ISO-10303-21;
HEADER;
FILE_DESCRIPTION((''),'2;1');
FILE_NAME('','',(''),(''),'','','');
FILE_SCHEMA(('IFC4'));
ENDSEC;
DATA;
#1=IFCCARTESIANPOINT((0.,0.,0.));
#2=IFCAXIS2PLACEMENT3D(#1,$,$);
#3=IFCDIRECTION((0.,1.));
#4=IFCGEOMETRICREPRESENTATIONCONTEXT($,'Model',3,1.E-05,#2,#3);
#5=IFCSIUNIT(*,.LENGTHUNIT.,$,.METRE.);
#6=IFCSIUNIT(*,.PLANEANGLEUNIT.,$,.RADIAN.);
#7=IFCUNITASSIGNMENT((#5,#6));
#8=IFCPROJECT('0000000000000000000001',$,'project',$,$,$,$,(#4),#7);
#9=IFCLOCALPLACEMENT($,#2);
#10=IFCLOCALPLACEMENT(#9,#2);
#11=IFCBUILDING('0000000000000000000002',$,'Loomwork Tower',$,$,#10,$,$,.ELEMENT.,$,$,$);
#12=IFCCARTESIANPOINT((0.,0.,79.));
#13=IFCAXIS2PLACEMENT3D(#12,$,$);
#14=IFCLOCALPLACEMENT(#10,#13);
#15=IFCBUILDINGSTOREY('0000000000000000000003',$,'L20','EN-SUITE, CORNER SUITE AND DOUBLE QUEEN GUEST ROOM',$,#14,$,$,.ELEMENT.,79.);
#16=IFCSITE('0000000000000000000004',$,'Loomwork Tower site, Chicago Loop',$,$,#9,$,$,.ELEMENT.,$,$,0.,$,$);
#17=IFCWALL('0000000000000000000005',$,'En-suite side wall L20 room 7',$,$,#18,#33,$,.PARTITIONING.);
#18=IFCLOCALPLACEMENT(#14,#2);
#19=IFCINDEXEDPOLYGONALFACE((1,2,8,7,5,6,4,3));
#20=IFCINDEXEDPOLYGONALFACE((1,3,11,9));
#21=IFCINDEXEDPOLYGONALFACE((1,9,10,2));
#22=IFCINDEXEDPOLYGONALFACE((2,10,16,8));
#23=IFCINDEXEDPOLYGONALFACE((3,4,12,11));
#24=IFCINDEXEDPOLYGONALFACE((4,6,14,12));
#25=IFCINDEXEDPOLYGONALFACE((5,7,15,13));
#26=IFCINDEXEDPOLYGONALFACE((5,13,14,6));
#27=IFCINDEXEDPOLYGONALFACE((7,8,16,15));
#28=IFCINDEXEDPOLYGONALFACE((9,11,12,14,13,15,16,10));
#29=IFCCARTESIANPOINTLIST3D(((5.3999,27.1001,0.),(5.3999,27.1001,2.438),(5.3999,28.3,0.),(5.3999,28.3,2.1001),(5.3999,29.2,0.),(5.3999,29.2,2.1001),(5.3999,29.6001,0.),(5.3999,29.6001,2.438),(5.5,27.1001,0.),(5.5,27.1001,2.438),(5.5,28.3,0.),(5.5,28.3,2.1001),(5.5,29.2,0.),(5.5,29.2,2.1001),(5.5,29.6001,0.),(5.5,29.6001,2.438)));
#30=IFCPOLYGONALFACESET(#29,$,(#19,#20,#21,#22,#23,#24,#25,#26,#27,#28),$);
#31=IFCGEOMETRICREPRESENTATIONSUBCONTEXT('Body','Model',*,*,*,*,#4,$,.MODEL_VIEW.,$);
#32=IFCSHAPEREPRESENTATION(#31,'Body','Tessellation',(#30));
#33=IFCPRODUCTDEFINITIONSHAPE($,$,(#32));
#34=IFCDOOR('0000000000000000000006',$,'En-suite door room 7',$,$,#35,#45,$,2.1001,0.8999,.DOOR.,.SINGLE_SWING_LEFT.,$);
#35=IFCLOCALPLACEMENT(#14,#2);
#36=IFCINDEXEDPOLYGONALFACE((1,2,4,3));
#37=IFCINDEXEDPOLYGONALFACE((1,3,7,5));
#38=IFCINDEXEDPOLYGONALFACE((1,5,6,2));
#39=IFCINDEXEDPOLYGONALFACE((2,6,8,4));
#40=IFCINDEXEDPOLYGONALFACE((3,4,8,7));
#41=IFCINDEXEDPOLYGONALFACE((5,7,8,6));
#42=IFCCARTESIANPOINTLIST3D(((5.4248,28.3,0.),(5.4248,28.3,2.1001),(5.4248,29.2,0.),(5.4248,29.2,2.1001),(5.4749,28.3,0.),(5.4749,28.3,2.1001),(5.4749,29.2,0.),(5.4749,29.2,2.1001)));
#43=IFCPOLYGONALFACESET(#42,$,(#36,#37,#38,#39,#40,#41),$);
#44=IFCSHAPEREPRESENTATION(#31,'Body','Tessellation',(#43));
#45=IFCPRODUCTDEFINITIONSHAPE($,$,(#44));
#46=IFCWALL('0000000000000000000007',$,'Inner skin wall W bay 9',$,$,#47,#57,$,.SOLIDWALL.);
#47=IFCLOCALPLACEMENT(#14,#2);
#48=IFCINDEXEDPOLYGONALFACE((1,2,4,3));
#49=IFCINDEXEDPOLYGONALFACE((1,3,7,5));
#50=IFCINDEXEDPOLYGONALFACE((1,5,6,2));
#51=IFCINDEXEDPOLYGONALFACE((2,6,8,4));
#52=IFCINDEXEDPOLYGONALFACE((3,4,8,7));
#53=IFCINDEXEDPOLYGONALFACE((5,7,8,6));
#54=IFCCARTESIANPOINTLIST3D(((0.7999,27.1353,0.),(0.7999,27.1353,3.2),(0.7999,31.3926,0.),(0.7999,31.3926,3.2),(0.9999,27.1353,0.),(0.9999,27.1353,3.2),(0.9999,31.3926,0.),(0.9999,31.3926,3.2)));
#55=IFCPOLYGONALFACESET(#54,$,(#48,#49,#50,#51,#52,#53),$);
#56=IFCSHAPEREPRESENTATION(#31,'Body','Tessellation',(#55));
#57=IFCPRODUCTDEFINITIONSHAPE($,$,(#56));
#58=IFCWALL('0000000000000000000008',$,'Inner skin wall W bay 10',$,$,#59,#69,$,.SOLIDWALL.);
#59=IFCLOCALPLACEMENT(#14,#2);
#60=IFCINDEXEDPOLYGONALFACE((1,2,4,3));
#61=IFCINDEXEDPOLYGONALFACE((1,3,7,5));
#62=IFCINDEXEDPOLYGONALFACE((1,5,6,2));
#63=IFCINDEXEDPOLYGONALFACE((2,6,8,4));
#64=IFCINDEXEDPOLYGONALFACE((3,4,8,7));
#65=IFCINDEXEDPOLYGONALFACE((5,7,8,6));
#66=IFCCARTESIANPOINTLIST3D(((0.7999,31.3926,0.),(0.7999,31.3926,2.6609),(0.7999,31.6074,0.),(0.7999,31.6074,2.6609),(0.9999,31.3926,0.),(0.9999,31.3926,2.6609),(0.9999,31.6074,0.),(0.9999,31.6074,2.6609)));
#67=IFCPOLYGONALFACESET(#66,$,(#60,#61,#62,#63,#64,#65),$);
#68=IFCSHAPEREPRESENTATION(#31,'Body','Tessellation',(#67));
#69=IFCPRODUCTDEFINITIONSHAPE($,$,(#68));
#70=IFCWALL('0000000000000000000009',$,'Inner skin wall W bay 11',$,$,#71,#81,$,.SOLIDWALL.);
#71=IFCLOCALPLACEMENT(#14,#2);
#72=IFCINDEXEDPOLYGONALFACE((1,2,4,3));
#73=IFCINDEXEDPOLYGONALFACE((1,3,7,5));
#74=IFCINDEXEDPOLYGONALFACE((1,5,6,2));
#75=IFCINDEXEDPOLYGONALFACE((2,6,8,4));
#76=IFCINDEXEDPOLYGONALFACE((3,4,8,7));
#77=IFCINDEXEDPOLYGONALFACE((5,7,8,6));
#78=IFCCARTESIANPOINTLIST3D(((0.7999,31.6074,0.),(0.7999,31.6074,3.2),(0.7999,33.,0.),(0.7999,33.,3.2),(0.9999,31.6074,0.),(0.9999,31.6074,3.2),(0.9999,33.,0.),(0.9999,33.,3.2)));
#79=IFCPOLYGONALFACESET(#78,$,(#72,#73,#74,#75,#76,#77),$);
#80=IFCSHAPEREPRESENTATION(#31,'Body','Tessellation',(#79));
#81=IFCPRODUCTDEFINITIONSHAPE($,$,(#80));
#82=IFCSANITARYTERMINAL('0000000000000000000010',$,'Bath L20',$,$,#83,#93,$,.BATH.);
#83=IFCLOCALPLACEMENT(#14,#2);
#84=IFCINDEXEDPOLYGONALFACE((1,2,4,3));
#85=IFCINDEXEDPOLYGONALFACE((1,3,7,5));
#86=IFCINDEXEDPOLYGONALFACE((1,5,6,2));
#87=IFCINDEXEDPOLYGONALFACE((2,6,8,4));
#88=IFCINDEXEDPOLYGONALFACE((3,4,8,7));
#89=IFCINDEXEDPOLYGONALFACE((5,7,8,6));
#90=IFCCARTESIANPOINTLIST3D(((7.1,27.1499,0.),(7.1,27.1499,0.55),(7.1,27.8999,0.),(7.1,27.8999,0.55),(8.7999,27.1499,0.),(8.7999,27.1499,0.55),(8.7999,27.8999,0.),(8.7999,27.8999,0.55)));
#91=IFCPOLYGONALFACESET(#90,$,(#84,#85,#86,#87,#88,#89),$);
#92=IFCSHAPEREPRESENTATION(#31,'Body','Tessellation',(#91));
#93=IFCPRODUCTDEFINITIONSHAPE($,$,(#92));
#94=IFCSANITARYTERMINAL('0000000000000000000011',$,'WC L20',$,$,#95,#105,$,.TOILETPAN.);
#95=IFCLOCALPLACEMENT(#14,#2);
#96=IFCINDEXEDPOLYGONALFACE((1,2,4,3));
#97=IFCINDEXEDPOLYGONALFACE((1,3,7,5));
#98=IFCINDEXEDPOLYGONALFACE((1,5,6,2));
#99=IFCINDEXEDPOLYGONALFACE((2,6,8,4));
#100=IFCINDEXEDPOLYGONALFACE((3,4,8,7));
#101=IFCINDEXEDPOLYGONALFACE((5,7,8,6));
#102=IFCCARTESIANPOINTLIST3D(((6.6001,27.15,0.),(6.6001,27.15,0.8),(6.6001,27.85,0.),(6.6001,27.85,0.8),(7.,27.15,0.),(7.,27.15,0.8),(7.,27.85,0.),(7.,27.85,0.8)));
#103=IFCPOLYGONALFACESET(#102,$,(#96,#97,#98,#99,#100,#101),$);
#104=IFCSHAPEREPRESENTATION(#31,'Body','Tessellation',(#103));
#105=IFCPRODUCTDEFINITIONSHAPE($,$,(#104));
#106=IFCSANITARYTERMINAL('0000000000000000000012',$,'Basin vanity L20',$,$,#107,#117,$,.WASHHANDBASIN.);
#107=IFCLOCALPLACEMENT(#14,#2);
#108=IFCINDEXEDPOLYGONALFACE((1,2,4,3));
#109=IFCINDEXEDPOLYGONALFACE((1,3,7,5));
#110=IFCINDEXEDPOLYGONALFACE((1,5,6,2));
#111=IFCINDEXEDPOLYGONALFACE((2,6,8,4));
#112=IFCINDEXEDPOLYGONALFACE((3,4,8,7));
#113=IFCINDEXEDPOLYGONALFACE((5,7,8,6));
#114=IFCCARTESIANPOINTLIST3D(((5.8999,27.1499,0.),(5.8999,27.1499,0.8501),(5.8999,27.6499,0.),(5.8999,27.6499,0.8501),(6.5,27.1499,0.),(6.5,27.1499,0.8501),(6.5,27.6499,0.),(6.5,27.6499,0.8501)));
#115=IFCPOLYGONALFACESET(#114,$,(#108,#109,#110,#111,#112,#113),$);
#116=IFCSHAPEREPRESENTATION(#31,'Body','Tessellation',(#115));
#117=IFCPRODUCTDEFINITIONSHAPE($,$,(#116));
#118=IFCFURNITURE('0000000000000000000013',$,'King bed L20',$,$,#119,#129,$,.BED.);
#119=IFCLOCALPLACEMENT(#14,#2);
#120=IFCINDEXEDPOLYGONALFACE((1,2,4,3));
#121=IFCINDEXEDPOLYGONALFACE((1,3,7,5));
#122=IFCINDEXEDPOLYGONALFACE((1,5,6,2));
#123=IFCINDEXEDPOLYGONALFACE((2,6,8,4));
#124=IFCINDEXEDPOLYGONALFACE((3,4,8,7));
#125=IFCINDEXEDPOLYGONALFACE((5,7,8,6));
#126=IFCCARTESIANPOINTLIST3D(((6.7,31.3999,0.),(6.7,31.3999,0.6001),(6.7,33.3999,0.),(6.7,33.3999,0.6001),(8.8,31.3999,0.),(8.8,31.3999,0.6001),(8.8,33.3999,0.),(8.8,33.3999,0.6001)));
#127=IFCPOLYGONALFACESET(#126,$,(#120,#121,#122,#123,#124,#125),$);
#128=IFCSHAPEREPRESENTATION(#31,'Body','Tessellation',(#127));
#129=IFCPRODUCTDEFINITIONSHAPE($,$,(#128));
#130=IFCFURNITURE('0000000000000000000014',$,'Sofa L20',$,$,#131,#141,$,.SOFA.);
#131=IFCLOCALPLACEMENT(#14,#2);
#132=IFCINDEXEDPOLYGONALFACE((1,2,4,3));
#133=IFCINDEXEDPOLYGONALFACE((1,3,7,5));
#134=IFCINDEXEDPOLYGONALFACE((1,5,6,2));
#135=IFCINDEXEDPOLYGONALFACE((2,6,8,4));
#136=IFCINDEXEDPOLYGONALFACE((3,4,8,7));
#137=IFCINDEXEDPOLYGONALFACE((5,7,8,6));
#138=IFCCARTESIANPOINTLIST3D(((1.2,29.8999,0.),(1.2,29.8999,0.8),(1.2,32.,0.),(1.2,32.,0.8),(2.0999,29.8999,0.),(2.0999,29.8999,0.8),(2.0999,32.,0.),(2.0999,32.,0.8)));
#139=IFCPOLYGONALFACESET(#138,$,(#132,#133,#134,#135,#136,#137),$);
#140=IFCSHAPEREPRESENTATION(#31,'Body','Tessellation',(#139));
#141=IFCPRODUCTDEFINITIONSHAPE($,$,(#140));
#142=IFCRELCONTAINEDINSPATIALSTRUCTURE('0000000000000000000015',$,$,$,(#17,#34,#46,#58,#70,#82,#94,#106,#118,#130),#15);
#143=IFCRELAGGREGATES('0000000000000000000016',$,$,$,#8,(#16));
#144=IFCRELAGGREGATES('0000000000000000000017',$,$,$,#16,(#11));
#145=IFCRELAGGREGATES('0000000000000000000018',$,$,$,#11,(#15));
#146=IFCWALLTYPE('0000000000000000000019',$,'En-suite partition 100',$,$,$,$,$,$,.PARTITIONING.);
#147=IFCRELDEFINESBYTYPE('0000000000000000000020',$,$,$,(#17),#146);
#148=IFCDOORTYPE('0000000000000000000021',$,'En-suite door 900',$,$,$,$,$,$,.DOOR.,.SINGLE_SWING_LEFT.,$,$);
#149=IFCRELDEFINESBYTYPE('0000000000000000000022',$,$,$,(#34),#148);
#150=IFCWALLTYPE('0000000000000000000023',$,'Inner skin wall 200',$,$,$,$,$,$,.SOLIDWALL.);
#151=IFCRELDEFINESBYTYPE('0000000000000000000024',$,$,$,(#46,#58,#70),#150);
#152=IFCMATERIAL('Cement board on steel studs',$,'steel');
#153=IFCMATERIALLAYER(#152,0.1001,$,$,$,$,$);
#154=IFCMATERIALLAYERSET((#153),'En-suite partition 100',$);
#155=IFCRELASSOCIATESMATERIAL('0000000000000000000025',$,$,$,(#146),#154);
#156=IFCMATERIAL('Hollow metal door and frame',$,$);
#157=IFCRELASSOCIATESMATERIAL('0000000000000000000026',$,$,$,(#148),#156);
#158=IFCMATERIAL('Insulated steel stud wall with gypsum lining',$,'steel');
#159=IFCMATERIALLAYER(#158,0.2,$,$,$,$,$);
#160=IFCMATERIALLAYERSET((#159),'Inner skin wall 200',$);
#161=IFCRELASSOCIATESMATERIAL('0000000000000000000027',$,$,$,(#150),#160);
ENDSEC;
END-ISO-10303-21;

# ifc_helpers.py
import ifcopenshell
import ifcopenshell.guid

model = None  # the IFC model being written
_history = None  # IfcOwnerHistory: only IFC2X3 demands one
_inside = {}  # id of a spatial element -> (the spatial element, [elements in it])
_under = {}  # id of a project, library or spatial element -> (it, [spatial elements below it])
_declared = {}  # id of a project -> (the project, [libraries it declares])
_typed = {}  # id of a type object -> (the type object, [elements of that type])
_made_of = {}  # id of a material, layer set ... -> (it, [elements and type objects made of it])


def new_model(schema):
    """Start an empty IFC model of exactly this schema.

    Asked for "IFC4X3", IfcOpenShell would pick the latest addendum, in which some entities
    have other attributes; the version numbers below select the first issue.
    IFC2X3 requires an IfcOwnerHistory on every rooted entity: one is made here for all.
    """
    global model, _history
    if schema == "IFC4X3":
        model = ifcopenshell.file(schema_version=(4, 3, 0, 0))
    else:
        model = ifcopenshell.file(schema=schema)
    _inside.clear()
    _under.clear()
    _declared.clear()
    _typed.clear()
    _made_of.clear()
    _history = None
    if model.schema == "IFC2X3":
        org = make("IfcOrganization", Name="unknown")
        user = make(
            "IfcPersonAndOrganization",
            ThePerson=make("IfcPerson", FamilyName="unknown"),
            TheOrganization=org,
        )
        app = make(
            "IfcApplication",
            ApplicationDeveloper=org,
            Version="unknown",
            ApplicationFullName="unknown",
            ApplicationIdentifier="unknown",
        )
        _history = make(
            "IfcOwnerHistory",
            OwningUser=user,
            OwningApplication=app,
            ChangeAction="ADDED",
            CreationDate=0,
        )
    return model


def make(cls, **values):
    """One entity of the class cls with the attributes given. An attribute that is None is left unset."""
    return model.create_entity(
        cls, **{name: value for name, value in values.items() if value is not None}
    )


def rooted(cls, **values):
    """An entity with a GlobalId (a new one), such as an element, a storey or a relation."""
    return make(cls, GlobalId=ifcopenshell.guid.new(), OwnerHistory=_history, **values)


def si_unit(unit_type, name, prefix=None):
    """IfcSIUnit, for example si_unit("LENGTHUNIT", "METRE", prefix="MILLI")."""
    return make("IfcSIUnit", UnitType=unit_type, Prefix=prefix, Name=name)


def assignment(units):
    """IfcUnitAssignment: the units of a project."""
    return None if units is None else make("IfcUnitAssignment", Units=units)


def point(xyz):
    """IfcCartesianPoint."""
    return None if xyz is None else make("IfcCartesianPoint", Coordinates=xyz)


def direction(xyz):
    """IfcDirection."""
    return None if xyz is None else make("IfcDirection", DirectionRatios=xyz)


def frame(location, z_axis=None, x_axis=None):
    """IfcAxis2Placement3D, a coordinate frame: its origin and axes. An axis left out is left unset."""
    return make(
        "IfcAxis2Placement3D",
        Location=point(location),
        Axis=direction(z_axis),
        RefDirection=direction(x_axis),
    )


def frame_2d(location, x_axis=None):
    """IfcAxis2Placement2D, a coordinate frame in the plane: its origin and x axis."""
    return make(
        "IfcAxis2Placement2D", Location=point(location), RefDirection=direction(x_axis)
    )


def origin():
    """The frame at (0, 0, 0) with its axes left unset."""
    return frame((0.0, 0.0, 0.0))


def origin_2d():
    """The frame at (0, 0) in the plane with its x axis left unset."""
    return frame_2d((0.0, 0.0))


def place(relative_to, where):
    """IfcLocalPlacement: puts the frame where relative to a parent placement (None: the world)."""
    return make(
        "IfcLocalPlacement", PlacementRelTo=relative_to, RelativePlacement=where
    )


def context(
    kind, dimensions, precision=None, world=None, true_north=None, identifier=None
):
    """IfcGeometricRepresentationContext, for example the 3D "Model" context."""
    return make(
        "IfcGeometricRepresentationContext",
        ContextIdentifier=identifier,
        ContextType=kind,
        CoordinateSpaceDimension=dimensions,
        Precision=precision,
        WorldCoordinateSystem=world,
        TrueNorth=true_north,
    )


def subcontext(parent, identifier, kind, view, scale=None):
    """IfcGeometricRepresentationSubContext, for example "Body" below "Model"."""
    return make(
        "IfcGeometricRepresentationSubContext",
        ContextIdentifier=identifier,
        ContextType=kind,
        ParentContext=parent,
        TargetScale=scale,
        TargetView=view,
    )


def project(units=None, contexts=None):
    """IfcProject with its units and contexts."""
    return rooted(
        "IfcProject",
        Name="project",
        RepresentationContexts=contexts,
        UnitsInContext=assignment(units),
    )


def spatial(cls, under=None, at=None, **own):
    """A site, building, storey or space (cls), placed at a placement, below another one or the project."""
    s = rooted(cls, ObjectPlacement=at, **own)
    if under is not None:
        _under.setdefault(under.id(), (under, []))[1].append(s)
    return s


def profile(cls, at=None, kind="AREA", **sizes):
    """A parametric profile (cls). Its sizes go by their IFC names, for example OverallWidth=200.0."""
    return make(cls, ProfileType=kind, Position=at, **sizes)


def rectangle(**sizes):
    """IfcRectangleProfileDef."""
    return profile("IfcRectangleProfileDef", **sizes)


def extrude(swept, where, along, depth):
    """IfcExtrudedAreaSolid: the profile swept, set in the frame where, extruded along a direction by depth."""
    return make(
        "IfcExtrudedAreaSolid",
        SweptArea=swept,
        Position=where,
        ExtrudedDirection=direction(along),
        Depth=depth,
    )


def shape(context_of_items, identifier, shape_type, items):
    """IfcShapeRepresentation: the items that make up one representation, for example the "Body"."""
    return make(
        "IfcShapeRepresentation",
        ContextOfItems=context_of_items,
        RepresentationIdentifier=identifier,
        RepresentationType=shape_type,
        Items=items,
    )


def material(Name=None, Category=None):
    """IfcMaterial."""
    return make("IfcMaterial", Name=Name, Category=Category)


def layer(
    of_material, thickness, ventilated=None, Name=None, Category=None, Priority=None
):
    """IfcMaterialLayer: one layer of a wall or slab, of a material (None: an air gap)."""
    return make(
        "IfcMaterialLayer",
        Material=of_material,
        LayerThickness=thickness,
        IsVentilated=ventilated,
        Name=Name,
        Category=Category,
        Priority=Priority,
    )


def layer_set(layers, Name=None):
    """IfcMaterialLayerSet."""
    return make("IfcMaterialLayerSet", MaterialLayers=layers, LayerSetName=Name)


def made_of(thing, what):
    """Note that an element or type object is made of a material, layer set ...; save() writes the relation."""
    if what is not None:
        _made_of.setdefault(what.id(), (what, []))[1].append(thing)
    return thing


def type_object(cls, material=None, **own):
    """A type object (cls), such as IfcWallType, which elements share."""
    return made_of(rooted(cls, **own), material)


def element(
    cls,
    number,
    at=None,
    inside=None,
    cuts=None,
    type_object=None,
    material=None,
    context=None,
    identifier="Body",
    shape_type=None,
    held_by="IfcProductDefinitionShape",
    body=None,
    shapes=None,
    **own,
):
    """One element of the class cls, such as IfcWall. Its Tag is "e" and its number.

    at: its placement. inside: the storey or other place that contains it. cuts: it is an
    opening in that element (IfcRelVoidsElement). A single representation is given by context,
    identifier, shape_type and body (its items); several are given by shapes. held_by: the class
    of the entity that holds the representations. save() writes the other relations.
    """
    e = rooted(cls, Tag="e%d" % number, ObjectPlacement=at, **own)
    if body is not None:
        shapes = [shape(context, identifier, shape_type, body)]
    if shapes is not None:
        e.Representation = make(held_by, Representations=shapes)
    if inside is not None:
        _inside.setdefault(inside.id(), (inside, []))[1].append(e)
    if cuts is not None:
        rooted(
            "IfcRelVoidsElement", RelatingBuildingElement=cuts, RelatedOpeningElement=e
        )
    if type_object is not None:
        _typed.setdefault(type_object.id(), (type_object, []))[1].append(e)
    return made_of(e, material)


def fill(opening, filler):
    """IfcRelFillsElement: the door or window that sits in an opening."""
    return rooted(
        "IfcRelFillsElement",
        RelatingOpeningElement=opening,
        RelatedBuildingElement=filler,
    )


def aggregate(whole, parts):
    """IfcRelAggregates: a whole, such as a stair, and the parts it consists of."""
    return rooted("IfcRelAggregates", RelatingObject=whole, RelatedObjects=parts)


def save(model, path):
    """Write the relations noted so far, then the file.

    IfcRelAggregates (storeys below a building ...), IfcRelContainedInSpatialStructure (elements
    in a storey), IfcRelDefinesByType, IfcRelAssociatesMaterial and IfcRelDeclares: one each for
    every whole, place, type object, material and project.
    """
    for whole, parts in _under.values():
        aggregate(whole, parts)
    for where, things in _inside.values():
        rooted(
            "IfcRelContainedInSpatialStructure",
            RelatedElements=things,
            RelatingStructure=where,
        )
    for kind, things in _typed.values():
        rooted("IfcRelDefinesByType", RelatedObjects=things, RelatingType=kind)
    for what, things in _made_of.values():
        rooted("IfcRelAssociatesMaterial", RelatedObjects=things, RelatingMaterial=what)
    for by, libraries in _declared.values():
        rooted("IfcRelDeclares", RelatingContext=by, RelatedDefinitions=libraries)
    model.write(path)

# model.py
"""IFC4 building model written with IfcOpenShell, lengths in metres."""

from ifc_helpers import new_model, si_unit, direction, frame, frame_2d, origin, origin_2d, place, context, subcontext, project, spatial, rectangle, extrude, material, layer, layer_set, type_object, element, fill, save


model = new_model("IFC4")

# Units and contexts
model_context = context("Model", 3, precision=1e-05, world=origin(), true_north=direction((0.0, 1.0)))
body_context = subcontext(model_context, "Body", "Model", "MODEL_VIEW")
ifc_project = project(units=[si_unit("LENGTHUNIT", "METRE"), si_unit("PLANEANGLEUNIT", "RADIAN")], contexts=[model_context])

# Site, building, storey
site_placement = place(None, origin())
site = spatial("IfcSite", under=ifc_project, at=site_placement, Name="Loomwork Tower site, Chicago Loop", CompositionType="ELEMENT", RefElevation=0.0)
building_placement = place(site_placement, origin())
building = spatial("IfcBuilding", under=site, at=building_placement, Name="Loomwork Tower", CompositionType="ELEMENT")
storey_placement = place(building_placement, frame((0.0, 0.0, 79.0)))
storey = spatial("IfcBuildingStorey", under=building, at=storey_placement, Name="L20", Description="EN-SUITE, CORNER SUITE AND DOUBLE QUEEN GUEST ROOM", CompositionType="ELEMENT", Elevation=79.0)

# Shared definitions
ifc_material_1 = material(Name="Cement board on steel studs", Category="steel")
ifc_layer_1 = layer(ifc_material_1, 0.1001)
ifc_layer_set_1 = layer_set([ifc_layer_1], Name="En-suite partition 100")
wall_type_1 = type_object("IfcWallType", Name="En-suite partition 100", PredefinedType="PARTITIONING", material=ifc_layer_set_1)

# Wall, opening, door
wall_1_placement = place(storey_placement, frame((5.45, 27.1001, 0.0), z_axis=(0.0, 0.0, 1.0), x_axis=(0.0, 1.0, 0.0)))
wall_1 = element("IfcWall", 1, at=wall_1_placement, inside=storey, type_object=wall_type_1, Name="En-suite side wall L20 room 7", PredefinedType="PARTITIONING", context=body_context, shape_type="SweptSolid", body=[
    extrude(rectangle(XDim=2.5, YDim=0.1001, at=frame_2d((1.25, 0.0))), origin(), (0.0, 0.0, 1.0), 2.438),
])
opening_1_placement = place(wall_1_placement, frame((1.2, 0.0, 0.0)))
opening_1 = element("IfcOpeningElement", 2, at=opening_1_placement, cuts=wall_1, PredefinedType="OPENING", context=body_context, shape_type="SweptSolid", body=[
    extrude(rectangle(XDim=0.8999, YDim=2.1001, at=frame_2d((0.45, 1.05))), frame((0.0, 0.0601, 0.0), z_axis=(0.0, -1.0, 0.0), x_axis=(1.0, 0.0, 0.0)), (0.0, 0.0, 1.0), 0.1201),
])
ifc_material_2 = material(Name="Hollow metal door and frame")
door_type_1 = type_object("IfcDoorType", Name="En-suite door 900", OperationType="SINGLE_SWING_LEFT", PredefinedType="DOOR", material=ifc_material_2)
door_1_placement = place(opening_1_placement, frame((0.8999, 0.0, 0.0), z_axis=(0.0, 0.0, 1.0), x_axis=(-1.0, 0.0, 0.0)))
door_1 = element("IfcDoor", 3, at=door_1_placement, inside=storey, type_object=door_type_1, Name="En-suite door room 7", OperationType="SINGLE_SWING_LEFT", OverallHeight=2.1001, OverallWidth=0.8999, PredefinedType="DOOR", context=body_context, shape_type="SweptSolid", body=[
    extrude(rectangle(XDim=0.8999, YDim=2.1001, at=frame_2d((0.45, 1.05))), frame((0.0, 0.0249, 0.0), z_axis=(0.0, -1.0, 0.0), x_axis=(1.0, 0.0, 0.0)), (0.0, 0.0, 1.0), 0.05),
])
fill(opening_1, door_1)

# Walls
ifc_material_3 = material(Name="Insulated steel stud wall with gypsum lining", Category="steel")
ifc_layer_2 = layer(ifc_material_3, 0.2)
ifc_layer_set_2 = layer_set([ifc_layer_2], Name="Inner skin wall 200")
wall_type_2 = type_object("IfcWallType", Name="Inner skin wall 200", PredefinedType="SOLIDWALL", material=ifc_layer_set_2)
wall_2_placement = place(storey_placement, frame((0.8999, 27.1353, 0.0), z_axis=(0.0, 0.0, 1.0), x_axis=(0.0, 1.0, 0.0)))
element("IfcWall", 4, at=wall_2_placement, inside=storey, type_object=wall_type_2, Name="Inner skin wall W bay 9", PredefinedType="SOLIDWALL", context=body_context, shape_type="SweptSolid", body=[
    extrude(rectangle(XDim=4.2573, YDim=0.2, at=frame_2d((2.1287, 0.0))), origin(), (0.0, 0.0, 1.0), 3.2),
])
wall_3_placement = place(storey_placement, frame((0.8999, 31.3926, 0.0), z_axis=(0.0, 0.0, 1.0), x_axis=(0.0, 1.0, 0.0)))
element("IfcWall", 5, at=wall_3_placement, inside=storey, type_object=wall_type_2, Name="Inner skin wall W bay 10", PredefinedType="SOLIDWALL", context=body_context, shape_type="SweptSolid", body=[
    extrude(rectangle(XDim=0.2148, YDim=0.2, at=frame_2d((0.1074, 0.0))), origin(), (0.0, 0.0, 1.0), 2.6609),
])
wall_4_placement = place(storey_placement, frame((0.8999, 31.6074, 0.0), z_axis=(0.0, 0.0, 1.0), x_axis=(0.0, 1.0, 0.0)))
element("IfcWall", 6, at=wall_4_placement, inside=storey, type_object=wall_type_2, Name="Inner skin wall W bay 11", PredefinedType="SOLIDWALL", context=body_context, shape_type="SweptSolid", body=[
    extrude(rectangle(XDim=1.3926, YDim=0.2, at=frame_2d((0.6963, 0.0))), origin(), (0.0, 0.0, 1.0), 3.2),
])

# Sanitary terminals
sanitary_terminal_1_placement = place(storey_placement, frame((7.95, 27.5249, 0.0), z_axis=(0.0, 0.0, 1.0), x_axis=(1.0, 0.0, 0.0)))
element("IfcSanitaryTerminal", 7, at=sanitary_terminal_1_placement, inside=storey, Name="Bath L20", PredefinedType="BATH", context=body_context, shape_type="SweptSolid", body=[
    extrude(rectangle(XDim=1.7, YDim=0.75, at=origin_2d()), origin(), (0.0, 0.0, 1.0), 0.55),
])
sanitary_terminal_2_placement = place(storey_placement, frame((6.8, 27.5, 0.0), z_axis=(0.0, 0.0, 1.0), x_axis=(1.0, 0.0, 0.0)))
element("IfcSanitaryTerminal", 8, at=sanitary_terminal_2_placement, inside=storey, Name="WC L20", PredefinedType="TOILETPAN", context=body_context, shape_type="SweptSolid", body=[
    extrude(rectangle(XDim=0.3999, YDim=0.7, at=origin_2d()), origin(), (0.0, 0.0, 1.0), 0.8),
])
sanitary_terminal_3_placement = place(storey_placement, frame((6.2, 27.3999, 0.0), z_axis=(0.0, 0.0, 1.0), x_axis=(1.0, 0.0, 0.0)))
element("IfcSanitaryTerminal", 9, at=sanitary_terminal_3_placement, inside=storey, Name="Basin vanity L20", PredefinedType="WASHHANDBASIN", context=body_context, shape_type="SweptSolid", body=[
    extrude(rectangle(XDim=0.6001, YDim=0.5, at=origin_2d()), origin(), (0.0, 0.0, 1.0), 0.8501),
])

# Furniture
furniture_1_placement = place(storey_placement, frame((7.75, 32.3999, 0.0), z_axis=(0.0, 0.0, 1.0), x_axis=(1.0, 0.0, 0.0)))
element("IfcFurniture", 10, at=furniture_1_placement, inside=storey, Name="King bed L20", PredefinedType="BED", context=body_context, shape_type="SweptSolid", body=[
    extrude(rectangle(XDim=2.1001, YDim=2.0, at=origin_2d()), origin(), (0.0, 0.0, 1.0), 0.6001),
])
furniture_2_placement = place(storey_placement, frame((1.6499, 30.95, 0.0), z_axis=(0.0, 0.0, 1.0), x_axis=(1.0, 0.0, 0.0)))
element("IfcFurniture", 11, at=furniture_2_placement, inside=storey, Name="Sofa L20", PredefinedType="SOFA", context=body_context, shape_type="SweptSolid", body=[
    extrude(rectangle(XDim=0.8999, YDim=2.1001, at=origin_2d()), origin(), (0.0, 0.0, 1.0), 0.8),
])

save(model, "model.ifc")
